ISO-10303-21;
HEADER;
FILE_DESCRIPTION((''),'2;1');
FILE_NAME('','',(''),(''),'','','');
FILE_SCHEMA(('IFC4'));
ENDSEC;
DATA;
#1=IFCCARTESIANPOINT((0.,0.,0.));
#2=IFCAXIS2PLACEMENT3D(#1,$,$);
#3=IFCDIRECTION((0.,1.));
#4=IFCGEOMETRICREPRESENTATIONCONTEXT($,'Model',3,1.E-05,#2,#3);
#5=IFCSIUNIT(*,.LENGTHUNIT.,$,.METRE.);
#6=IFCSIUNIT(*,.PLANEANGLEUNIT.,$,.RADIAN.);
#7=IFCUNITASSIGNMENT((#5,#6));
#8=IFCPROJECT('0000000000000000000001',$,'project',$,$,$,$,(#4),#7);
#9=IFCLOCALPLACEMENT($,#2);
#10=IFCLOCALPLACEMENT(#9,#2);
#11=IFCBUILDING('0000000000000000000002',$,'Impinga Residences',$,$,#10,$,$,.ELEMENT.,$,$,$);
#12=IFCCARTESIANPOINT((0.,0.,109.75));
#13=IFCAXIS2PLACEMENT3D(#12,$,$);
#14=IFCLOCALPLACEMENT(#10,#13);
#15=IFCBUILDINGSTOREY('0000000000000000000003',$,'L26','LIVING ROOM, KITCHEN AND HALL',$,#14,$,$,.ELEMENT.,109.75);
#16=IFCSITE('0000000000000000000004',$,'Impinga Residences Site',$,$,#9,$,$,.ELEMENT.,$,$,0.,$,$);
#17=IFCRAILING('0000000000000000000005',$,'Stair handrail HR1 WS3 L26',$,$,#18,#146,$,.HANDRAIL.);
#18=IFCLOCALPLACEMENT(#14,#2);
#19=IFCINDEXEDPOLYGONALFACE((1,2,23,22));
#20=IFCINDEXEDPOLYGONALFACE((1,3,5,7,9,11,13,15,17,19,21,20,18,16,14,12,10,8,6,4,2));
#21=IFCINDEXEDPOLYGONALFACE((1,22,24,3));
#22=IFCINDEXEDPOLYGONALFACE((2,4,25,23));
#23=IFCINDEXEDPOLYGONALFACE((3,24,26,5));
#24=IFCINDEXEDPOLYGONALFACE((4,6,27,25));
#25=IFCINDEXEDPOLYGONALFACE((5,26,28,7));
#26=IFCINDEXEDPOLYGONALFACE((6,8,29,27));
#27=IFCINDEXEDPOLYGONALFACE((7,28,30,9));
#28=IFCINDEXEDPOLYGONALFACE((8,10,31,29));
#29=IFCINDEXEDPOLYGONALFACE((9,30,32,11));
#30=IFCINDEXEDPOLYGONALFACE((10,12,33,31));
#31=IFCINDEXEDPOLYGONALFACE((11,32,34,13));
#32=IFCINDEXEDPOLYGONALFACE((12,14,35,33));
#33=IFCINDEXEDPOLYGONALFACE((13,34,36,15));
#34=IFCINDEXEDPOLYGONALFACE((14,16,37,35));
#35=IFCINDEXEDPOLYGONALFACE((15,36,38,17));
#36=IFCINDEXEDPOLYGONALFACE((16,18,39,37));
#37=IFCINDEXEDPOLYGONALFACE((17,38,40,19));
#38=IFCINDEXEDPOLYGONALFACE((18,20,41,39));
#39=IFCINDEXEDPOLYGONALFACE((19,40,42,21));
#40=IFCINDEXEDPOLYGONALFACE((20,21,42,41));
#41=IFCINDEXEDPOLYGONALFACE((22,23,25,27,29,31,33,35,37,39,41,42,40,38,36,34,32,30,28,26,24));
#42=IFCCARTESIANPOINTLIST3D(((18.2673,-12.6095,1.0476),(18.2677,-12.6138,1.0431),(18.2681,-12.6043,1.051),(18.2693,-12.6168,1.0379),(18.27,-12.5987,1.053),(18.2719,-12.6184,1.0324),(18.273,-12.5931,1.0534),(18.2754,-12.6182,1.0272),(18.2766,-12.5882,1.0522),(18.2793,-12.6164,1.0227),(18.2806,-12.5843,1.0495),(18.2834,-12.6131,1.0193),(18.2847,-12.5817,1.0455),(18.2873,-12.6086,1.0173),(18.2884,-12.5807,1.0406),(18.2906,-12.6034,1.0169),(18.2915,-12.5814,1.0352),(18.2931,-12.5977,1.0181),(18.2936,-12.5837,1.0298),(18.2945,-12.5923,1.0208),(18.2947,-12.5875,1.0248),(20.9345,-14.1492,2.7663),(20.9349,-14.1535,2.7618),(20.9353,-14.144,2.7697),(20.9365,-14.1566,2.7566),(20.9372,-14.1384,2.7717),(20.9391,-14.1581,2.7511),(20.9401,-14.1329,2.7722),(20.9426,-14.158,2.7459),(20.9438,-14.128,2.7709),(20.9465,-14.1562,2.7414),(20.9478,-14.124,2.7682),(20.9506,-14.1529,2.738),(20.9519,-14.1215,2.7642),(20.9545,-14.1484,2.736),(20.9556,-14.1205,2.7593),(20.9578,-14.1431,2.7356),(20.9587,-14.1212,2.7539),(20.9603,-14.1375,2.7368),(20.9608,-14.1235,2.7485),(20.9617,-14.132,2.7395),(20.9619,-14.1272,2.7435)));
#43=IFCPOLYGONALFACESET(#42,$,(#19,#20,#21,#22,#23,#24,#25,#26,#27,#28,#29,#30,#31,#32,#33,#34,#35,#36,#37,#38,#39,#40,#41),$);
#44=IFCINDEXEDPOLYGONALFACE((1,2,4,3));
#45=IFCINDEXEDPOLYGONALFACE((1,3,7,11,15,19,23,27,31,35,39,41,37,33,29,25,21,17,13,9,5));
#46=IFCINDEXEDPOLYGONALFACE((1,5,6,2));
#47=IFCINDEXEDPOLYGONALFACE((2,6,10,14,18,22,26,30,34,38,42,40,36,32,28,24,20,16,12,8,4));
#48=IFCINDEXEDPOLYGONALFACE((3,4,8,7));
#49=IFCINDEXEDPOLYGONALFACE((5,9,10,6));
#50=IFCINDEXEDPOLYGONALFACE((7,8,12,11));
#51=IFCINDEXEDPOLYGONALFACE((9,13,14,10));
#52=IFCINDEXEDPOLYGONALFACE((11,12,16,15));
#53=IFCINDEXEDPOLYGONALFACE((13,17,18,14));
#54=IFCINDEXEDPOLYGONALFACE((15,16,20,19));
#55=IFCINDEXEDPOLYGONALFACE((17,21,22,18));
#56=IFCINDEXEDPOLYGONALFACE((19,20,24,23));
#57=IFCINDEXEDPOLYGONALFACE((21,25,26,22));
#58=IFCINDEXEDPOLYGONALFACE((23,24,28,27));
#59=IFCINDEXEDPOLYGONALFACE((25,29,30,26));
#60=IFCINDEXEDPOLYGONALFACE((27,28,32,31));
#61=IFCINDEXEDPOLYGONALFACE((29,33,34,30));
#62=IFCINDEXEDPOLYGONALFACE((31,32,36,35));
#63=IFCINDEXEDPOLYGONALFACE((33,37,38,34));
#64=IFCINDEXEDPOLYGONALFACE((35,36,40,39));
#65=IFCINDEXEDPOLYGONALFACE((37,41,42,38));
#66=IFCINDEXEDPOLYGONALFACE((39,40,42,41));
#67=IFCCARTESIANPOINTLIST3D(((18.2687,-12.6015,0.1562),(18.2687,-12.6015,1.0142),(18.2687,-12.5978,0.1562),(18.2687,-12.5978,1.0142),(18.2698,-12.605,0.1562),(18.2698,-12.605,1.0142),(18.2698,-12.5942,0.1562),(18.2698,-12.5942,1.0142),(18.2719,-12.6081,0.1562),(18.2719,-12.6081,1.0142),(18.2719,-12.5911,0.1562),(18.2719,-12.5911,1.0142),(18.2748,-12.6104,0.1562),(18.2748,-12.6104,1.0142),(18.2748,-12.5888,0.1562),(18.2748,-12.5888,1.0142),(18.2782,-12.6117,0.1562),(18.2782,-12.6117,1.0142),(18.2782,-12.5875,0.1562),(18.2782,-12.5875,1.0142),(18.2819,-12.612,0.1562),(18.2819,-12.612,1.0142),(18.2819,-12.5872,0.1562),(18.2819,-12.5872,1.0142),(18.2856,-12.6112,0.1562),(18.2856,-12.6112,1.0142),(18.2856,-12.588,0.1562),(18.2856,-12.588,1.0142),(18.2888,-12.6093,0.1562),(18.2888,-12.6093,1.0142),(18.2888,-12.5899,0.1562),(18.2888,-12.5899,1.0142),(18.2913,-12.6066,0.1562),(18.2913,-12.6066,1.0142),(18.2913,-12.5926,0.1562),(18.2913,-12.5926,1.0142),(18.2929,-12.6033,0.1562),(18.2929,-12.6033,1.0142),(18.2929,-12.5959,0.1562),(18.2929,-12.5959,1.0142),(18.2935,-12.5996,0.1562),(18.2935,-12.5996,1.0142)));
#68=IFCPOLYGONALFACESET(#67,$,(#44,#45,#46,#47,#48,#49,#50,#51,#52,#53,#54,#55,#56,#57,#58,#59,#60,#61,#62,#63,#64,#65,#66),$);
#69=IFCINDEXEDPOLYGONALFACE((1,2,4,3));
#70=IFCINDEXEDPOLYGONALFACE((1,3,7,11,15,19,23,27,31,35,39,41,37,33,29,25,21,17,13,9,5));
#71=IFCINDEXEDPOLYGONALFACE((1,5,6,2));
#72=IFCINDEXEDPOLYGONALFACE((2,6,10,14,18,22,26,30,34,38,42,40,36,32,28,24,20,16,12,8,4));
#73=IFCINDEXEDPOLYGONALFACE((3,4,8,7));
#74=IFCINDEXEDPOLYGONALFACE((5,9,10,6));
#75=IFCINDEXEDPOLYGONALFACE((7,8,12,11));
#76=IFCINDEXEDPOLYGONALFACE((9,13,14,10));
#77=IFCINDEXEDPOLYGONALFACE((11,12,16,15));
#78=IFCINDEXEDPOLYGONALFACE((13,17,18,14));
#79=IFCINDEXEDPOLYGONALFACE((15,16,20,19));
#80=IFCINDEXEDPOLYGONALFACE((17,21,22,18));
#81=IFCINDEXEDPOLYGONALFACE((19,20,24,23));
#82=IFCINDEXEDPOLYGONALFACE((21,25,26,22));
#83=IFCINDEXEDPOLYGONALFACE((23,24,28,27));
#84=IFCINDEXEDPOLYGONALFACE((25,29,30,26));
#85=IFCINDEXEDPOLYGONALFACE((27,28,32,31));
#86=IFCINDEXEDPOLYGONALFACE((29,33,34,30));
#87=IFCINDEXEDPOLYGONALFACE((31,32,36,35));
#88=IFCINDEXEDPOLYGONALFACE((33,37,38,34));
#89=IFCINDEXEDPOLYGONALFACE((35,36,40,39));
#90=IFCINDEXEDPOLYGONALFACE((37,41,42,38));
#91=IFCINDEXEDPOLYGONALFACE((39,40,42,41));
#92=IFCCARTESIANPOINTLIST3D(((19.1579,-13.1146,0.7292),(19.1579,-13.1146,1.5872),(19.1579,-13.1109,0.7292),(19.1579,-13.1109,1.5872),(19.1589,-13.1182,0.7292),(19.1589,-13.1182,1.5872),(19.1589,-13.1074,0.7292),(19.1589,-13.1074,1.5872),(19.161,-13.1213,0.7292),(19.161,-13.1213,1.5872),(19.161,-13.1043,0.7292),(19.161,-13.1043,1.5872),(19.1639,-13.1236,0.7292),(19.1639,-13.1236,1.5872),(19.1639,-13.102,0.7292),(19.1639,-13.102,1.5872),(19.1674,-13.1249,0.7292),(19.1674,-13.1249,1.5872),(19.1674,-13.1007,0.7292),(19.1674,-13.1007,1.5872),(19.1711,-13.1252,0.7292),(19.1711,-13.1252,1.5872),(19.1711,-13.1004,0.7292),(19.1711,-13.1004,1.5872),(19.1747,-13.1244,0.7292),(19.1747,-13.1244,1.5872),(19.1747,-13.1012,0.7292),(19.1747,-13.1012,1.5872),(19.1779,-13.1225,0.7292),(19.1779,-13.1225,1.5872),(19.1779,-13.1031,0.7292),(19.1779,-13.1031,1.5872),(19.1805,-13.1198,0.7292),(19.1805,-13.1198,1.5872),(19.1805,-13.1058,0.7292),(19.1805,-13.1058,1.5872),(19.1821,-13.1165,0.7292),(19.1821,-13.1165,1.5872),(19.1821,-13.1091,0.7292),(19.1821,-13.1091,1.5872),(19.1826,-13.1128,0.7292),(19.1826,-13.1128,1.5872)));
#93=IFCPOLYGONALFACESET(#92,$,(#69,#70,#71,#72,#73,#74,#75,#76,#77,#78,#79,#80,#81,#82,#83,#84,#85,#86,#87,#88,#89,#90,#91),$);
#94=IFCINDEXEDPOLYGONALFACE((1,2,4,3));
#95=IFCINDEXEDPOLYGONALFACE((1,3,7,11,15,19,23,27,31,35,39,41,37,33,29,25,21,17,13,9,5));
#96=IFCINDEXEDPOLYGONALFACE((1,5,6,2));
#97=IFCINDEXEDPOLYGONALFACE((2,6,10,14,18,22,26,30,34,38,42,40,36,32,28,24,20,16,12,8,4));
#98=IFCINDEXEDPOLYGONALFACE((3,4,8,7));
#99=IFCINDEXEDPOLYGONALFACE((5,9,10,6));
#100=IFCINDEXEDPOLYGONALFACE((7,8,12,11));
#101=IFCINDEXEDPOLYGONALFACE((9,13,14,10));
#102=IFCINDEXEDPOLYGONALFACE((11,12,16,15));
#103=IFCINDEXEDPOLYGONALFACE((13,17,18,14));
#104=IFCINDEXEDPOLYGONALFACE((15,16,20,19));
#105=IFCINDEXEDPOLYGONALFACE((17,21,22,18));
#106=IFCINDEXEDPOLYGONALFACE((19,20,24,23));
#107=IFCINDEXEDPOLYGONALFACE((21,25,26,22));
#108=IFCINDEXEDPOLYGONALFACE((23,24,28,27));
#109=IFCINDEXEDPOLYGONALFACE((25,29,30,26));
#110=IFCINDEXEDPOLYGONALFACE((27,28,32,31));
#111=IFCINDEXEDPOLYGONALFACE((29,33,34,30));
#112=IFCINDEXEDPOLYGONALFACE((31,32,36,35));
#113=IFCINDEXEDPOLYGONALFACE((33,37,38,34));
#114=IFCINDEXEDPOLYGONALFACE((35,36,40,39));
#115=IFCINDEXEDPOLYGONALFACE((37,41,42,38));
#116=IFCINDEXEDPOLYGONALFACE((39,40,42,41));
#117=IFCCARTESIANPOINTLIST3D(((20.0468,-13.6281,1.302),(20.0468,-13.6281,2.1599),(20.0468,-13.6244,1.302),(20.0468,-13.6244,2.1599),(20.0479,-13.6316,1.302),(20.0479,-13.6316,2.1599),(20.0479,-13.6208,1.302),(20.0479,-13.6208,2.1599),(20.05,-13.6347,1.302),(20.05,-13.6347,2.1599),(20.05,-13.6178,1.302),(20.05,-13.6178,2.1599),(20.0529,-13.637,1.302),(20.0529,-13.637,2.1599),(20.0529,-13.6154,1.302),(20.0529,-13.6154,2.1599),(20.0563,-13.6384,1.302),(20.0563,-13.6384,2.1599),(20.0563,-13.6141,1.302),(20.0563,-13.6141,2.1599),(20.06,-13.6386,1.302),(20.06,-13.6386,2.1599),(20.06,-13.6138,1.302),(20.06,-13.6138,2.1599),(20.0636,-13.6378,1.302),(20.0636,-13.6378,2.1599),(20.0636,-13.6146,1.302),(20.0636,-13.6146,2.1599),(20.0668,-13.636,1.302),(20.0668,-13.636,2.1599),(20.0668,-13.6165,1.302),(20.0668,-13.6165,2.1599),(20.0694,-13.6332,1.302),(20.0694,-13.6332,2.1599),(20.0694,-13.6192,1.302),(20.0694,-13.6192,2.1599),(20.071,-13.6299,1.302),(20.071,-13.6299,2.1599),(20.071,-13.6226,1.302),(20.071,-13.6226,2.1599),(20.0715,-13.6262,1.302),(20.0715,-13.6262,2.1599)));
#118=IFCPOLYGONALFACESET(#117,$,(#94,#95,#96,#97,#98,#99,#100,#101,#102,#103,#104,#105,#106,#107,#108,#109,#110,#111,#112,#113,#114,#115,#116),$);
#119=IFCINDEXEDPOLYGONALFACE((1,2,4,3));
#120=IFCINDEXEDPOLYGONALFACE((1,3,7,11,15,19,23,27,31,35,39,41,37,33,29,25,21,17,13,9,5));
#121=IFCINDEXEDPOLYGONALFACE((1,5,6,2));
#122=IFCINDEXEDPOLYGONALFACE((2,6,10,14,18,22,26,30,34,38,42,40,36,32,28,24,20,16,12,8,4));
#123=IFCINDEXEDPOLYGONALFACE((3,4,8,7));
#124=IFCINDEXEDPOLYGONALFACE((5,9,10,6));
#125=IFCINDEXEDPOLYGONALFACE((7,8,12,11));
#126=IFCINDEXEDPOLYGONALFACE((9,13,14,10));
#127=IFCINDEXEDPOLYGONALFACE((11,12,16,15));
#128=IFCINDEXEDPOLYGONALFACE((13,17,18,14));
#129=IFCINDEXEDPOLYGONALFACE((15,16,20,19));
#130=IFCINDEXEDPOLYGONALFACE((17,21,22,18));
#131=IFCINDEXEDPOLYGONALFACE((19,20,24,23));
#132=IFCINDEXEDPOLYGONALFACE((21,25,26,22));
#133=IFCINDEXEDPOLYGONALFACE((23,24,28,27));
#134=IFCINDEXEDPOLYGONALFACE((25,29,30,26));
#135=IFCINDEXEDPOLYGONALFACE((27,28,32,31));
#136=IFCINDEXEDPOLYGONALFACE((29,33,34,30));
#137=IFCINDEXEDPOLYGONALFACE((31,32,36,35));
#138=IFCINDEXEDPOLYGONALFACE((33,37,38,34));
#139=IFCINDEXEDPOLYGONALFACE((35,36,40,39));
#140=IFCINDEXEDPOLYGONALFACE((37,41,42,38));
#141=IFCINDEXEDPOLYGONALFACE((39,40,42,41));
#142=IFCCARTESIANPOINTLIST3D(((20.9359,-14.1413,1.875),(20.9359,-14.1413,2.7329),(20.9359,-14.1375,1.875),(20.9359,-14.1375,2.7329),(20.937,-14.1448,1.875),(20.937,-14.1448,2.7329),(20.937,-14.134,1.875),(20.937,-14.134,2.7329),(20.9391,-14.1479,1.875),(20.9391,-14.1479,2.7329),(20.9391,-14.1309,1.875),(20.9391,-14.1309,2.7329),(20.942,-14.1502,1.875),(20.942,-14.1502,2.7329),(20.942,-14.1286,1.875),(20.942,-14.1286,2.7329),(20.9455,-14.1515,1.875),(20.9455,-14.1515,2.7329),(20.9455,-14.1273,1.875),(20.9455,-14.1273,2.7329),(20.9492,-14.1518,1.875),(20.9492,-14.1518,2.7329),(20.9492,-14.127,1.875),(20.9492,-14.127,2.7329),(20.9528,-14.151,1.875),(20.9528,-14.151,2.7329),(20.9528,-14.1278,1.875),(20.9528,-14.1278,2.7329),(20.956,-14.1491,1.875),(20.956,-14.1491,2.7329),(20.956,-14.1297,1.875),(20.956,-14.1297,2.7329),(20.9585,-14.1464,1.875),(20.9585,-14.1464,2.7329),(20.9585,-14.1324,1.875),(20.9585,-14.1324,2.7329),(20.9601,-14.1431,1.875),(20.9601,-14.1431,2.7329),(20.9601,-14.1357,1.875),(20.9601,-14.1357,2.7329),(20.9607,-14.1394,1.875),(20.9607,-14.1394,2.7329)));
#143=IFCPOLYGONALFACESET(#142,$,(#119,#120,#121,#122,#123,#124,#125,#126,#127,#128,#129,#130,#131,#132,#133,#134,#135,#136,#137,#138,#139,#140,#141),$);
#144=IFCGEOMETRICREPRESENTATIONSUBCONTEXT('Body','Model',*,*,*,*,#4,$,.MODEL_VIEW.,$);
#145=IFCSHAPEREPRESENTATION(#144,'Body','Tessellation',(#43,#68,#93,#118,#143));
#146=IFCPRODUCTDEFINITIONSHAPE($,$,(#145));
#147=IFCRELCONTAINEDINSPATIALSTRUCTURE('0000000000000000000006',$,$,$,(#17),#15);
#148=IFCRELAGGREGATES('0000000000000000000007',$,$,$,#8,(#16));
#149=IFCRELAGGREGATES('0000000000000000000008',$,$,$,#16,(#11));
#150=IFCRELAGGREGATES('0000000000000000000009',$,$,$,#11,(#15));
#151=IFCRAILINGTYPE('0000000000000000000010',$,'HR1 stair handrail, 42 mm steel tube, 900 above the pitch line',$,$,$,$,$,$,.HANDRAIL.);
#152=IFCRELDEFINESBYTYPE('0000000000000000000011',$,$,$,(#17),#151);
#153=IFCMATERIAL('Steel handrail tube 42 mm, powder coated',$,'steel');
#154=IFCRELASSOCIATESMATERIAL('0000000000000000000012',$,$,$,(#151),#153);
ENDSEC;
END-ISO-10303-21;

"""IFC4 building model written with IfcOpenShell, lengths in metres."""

from ifc_helpers import new_model, si_unit, direction, frame, origin, origin_2d, place, context, subcontext, project, spatial, circle, extrude, material, type_object, element, save


model = new_model("IFC4")

# Units and contexts
model_context = context("Model", 3, precision=1e-05, world=origin(), true_north=direction((0.0, 1.0)))
body_context = subcontext(model_context, "Body", "Model", "MODEL_VIEW")
ifc_project = project(units=[si_unit("LENGTHUNIT", "METRE"), si_unit("PLANEANGLEUNIT", "RADIAN")], contexts=[model_context])

# Site, building, storey
site_placement = place(None, origin())
site = spatial("IfcSite", under=ifc_project, at=site_placement, Name="Impinga Residences Site", CompositionType="ELEMENT", RefElevation=0.0)
building_placement = place(site_placement, origin())
building = spatial("IfcBuilding", under=site, at=building_placement, Name="Impinga Residences", CompositionType="ELEMENT")
storey_placement = place(building_placement, frame((0.0, 0.0, 109.75)))
storey = spatial("IfcBuildingStorey", under=building, at=storey_placement, Name="L26", Description="LIVING ROOM, KITCHEN AND HALL", CompositionType="ELEMENT", Elevation=109.75)

# Railing
ifc_material_1 = material(Name="Steel handrail tube 42 mm, powder coated", Category="steel")
railing_type = type_object("IfcRailingType", Name="HR1 stair handrail, 42 mm steel tube, 900 above the pitch line", PredefinedType="HANDRAIL", material=ifc_material_1)
railing_placement = place(storey_placement, frame((18.281, -12.5996, 0.1562)))
element("IfcRailing", 1, at=railing_placement, inside=storey, type_object=railing_type, Name="Stair handrail HR1 WS3 L26", PredefinedType="HANDRAIL", context=body_context, shape_type="SweptSolid", body=[
    extrude(circle(Radius=0.021, at=origin_2d()), frame((0.0, 0.0, 0.8789), z_axis=(0.756249, -0.436582, 0.487322), x_axis=(0.499967, 0.866044, 0.0)), (0.0, 0.0, 1.0), 3.5269),
    extrude(circle(Radius=0.0125, at=origin_2d()), origin(), (0.0, 0.0, 1.0), 0.8579),
    extrude(circle(Radius=0.0125, at=origin_2d()), frame((0.8892, -0.5132, 0.573)), (0.0, 0.0, 1.0), 0.8579),
    extrude(circle(Radius=0.0125, at=origin_2d()), frame((1.7781, -1.0266, 1.1458)), (0.0, 0.0, 1.0), 0.8579),
    extrude(circle(Radius=0.0125, at=origin_2d()), frame((2.6672, -1.5398, 1.7188)), (0.0, 0.0, 1.0), 0.8579),
])

save(model, "model.ifc")
